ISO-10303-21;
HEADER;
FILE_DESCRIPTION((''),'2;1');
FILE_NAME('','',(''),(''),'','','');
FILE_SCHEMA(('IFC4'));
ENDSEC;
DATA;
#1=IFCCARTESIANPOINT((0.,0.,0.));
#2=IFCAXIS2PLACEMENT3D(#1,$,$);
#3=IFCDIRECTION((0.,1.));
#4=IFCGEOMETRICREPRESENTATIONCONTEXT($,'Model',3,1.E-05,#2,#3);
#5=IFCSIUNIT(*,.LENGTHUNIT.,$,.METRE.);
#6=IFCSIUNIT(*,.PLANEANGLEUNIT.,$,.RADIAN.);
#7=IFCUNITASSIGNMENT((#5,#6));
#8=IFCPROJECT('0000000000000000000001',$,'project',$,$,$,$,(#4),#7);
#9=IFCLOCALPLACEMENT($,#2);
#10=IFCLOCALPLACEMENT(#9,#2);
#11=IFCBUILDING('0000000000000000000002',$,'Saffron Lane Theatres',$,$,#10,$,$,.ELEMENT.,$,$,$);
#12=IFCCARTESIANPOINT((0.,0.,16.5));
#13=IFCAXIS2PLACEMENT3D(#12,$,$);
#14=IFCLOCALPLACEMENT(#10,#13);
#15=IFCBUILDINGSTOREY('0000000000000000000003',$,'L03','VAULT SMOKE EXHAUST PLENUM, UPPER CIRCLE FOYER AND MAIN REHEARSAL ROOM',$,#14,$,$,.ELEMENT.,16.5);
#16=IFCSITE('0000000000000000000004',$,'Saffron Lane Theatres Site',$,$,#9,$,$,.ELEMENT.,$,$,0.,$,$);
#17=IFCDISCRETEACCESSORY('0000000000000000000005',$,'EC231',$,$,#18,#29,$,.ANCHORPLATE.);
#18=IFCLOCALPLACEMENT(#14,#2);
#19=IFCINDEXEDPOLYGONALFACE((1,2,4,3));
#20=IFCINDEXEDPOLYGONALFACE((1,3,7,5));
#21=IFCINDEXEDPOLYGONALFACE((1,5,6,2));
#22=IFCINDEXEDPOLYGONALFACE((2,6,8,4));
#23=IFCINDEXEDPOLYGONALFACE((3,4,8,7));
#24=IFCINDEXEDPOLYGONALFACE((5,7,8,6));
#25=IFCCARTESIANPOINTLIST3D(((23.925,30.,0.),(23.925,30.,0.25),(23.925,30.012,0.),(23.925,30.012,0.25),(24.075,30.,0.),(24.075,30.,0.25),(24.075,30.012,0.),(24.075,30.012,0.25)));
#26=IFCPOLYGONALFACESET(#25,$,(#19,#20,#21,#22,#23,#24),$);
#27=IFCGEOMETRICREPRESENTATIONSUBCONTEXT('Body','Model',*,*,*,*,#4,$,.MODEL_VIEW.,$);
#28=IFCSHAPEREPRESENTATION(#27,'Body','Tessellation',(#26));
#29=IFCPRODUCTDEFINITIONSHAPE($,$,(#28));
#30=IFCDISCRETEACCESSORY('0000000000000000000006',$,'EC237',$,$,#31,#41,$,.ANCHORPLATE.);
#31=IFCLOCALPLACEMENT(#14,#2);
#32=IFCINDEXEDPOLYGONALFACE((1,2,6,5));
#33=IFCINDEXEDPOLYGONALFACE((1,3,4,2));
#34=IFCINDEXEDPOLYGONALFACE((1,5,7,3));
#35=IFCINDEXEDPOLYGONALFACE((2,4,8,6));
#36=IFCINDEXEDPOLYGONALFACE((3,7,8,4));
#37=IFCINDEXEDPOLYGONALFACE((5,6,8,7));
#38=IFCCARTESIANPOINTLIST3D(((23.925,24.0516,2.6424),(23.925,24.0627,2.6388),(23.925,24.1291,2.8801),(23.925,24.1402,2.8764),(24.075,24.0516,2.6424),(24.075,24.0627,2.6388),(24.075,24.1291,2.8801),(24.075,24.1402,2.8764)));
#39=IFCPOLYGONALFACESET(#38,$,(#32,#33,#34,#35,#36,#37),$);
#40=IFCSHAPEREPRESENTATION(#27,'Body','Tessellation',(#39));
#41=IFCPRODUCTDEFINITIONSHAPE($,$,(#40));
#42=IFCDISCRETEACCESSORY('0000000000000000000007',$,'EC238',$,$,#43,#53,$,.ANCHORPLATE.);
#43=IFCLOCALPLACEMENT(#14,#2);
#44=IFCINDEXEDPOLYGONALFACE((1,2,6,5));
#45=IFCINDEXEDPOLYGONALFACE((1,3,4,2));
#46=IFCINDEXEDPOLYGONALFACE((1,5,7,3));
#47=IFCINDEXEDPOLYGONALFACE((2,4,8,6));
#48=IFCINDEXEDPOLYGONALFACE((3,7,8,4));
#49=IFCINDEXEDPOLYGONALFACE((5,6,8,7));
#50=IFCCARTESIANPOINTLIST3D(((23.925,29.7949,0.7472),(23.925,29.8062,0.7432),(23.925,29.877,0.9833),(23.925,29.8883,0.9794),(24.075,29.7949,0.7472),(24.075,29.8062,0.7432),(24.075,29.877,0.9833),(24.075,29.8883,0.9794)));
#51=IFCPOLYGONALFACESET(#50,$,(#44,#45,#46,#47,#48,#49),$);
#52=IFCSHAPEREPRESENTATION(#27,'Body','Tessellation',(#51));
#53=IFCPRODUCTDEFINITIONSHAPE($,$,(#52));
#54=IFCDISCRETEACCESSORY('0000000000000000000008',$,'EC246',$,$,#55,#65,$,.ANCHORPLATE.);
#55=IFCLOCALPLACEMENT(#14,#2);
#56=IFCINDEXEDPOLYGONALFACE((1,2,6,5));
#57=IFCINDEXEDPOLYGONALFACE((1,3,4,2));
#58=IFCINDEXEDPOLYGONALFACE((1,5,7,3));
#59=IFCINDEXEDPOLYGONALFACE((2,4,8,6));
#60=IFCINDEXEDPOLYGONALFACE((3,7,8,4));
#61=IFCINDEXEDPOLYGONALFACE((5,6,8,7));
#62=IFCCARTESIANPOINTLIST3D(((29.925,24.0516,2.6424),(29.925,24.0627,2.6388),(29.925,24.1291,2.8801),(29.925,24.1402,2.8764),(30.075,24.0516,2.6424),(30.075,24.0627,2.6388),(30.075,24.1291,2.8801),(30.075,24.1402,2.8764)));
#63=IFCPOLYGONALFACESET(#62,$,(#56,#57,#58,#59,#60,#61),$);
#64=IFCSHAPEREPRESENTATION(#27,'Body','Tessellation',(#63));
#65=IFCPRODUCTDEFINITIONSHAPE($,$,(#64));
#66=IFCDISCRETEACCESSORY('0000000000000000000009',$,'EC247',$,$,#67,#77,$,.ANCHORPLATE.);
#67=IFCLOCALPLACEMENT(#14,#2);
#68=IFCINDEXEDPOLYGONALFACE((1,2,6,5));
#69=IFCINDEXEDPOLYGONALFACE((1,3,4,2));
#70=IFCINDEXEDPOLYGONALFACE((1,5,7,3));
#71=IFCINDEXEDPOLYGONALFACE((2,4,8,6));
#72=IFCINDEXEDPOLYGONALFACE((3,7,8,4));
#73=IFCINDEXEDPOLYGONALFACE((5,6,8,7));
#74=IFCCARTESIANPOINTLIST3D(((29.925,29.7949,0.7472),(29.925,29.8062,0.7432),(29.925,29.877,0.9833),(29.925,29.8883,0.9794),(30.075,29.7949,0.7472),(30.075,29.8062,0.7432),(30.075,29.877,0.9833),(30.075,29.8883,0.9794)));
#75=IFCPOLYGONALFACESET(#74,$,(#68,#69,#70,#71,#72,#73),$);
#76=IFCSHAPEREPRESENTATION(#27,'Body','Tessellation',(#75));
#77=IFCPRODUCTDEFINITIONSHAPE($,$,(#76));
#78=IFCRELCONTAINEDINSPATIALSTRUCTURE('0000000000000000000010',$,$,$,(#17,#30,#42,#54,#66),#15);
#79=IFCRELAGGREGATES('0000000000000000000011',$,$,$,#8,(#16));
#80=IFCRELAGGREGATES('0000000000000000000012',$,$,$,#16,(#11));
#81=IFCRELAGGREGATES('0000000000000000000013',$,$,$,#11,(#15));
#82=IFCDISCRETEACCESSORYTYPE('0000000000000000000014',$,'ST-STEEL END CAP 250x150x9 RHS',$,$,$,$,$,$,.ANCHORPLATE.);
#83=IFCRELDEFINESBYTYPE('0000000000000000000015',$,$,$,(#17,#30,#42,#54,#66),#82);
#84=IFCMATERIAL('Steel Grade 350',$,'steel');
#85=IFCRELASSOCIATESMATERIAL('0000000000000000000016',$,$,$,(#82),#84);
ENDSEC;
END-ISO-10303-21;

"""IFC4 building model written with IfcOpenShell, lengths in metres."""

from ifc_helpers import new_model, si_unit, direction, frame, origin, origin_2d, place, context, subcontext, project, spatial, rectangle, extrude, material, material_profile, profile_set, type_object, element, save


model = new_model("IFC4")

# Units and contexts
model_context = context("Model", 3, precision=1e-05, world=origin(), true_north=direction((0.0, 1.0)))
body_context = subcontext(model_context, "Body", "Model", "MODEL_VIEW")
ifc_project = project(units=[si_unit("LENGTHUNIT", "METRE"), si_unit("PLANEANGLEUNIT", "RADIAN")], contexts=[model_context])

# Site, building, storey
site_placement = place(None, origin())
site = spatial("IfcSite", under=ifc_project, at=site_placement, Name="Saffron Lane Theatres Site", CompositionType="ELEMENT", RefElevation=0.0)
building_placement = place(site_placement, origin())
building = spatial("IfcBuilding", under=site, at=building_placement, Name="Saffron Lane Theatres", CompositionType="ELEMENT")
storey_placement = place(building_placement, frame((0.0, 0.0, 16.5)))
storey = spatial("IfcBuildingStorey", under=building, at=storey_placement, Name="L03", Description="VAULT SMOKE EXHAUST PLENUM, UPPER CIRCLE FOYER AND MAIN REHEARSAL ROOM", CompositionType="ELEMENT", Elevation=16.5)

# Discrete accessories
ifc_material_1 = material(Name="Steel Grade 350", Category="steel")
ifc_material_profile_1 = material_profile(ifc_material_1, rectangle(XDim=0.1499, YDim=0.25, at=origin_2d()))
ifc_profile_set_1 = profile_set([ifc_material_profile_1], Name="Steel Grade 350")
discrete_accessory_type_1 = type_object("IfcDiscreteAccessoryType", Name="ST-STEEL END CAP 250x150x9 RHS", PredefinedType="ANCHORPLATE", material=ifc_profile_set_1)
discrete_accessory_1_placement = place(storey_placement, frame((24.0, 30.0, 0.125), z_axis=(0.0, 1.0, 0.0), x_axis=(-1.0, 0.0, 0.0)))
element("IfcDiscreteAccessory", 1, at=discrete_accessory_1_placement, inside=storey, type_object=discrete_accessory_type_1, Name="EC231", PredefinedType="ANCHORPLATE", context=body_context, shape_type="SweptSolid", body=[
    extrude(rectangle(XDim=0.1499, YDim=0.25, at=origin_2d()), origin(), (0.0, 0.0, 1.0), 0.012),
])
discrete_accessory_2_placement = place(storey_placement, frame((24.0, 24.0903, 2.7612), z_axis=(0.0, 0.95073, -0.310021), x_axis=(-1.0, 0.0, 0.0)))
element("IfcDiscreteAccessory", 2, at=discrete_accessory_2_placement, inside=storey, type_object=discrete_accessory_type_1, Name="EC237", PredefinedType="ANCHORPLATE", context=body_context, shape_type="SweptSolid", body=[
    extrude(rectangle(XDim=0.1499, YDim=0.25, at=origin_2d()), origin(), (0.0, 0.0, 1.0), 0.0117),
])
discrete_accessory_3_placement = place(storey_placement, frame((24.0, 29.8359, 0.8652), z_axis=(0.0, 0.944497, -0.328521), x_axis=(-1.0, 0.0, 0.0)))
element("IfcDiscreteAccessory", 3, at=discrete_accessory_3_placement, inside=storey, type_object=discrete_accessory_type_1, Name="EC238", PredefinedType="ANCHORPLATE", context=body_context, shape_type="SweptSolid", body=[
    extrude(rectangle(XDim=0.1499, YDim=0.25, at=origin_2d()), origin(), (0.0, 0.0, 1.0), 0.012),
])
discrete_accessory_4_placement = place(storey_placement, frame((30.0, 24.0903, 2.7612), z_axis=(0.0, 0.95073, -0.310021), x_axis=(-1.0, 0.0, 0.0)))
element("IfcDiscreteAccessory", 4, at=discrete_accessory_4_placement, inside=storey, type_object=discrete_accessory_type_1, Name="EC246", PredefinedType="ANCHORPLATE", context=body_context, shape_type="SweptSolid", body=[
    extrude(rectangle(XDim=0.1499, YDim=0.25, at=origin_2d()), origin(), (0.0, 0.0, 1.0), 0.0117),
])
discrete_accessory_5_placement = place(storey_placement, frame((30.0, 29.8359, 0.8652), z_axis=(0.0, 0.944497, -0.328521), x_axis=(-1.0, 0.0, 0.0)))
element("IfcDiscreteAccessory", 5, at=discrete_accessory_5_placement, inside=storey, type_object=discrete_accessory_type_1, Name="EC247", PredefinedType="ANCHORPLATE", context=body_context, shape_type="SweptSolid", body=[
    extrude(rectangle(XDim=0.1499, YDim=0.25, at=origin_2d()), origin(), (0.0, 0.0, 1.0), 0.012),
])

save(model, "model.ifc")
